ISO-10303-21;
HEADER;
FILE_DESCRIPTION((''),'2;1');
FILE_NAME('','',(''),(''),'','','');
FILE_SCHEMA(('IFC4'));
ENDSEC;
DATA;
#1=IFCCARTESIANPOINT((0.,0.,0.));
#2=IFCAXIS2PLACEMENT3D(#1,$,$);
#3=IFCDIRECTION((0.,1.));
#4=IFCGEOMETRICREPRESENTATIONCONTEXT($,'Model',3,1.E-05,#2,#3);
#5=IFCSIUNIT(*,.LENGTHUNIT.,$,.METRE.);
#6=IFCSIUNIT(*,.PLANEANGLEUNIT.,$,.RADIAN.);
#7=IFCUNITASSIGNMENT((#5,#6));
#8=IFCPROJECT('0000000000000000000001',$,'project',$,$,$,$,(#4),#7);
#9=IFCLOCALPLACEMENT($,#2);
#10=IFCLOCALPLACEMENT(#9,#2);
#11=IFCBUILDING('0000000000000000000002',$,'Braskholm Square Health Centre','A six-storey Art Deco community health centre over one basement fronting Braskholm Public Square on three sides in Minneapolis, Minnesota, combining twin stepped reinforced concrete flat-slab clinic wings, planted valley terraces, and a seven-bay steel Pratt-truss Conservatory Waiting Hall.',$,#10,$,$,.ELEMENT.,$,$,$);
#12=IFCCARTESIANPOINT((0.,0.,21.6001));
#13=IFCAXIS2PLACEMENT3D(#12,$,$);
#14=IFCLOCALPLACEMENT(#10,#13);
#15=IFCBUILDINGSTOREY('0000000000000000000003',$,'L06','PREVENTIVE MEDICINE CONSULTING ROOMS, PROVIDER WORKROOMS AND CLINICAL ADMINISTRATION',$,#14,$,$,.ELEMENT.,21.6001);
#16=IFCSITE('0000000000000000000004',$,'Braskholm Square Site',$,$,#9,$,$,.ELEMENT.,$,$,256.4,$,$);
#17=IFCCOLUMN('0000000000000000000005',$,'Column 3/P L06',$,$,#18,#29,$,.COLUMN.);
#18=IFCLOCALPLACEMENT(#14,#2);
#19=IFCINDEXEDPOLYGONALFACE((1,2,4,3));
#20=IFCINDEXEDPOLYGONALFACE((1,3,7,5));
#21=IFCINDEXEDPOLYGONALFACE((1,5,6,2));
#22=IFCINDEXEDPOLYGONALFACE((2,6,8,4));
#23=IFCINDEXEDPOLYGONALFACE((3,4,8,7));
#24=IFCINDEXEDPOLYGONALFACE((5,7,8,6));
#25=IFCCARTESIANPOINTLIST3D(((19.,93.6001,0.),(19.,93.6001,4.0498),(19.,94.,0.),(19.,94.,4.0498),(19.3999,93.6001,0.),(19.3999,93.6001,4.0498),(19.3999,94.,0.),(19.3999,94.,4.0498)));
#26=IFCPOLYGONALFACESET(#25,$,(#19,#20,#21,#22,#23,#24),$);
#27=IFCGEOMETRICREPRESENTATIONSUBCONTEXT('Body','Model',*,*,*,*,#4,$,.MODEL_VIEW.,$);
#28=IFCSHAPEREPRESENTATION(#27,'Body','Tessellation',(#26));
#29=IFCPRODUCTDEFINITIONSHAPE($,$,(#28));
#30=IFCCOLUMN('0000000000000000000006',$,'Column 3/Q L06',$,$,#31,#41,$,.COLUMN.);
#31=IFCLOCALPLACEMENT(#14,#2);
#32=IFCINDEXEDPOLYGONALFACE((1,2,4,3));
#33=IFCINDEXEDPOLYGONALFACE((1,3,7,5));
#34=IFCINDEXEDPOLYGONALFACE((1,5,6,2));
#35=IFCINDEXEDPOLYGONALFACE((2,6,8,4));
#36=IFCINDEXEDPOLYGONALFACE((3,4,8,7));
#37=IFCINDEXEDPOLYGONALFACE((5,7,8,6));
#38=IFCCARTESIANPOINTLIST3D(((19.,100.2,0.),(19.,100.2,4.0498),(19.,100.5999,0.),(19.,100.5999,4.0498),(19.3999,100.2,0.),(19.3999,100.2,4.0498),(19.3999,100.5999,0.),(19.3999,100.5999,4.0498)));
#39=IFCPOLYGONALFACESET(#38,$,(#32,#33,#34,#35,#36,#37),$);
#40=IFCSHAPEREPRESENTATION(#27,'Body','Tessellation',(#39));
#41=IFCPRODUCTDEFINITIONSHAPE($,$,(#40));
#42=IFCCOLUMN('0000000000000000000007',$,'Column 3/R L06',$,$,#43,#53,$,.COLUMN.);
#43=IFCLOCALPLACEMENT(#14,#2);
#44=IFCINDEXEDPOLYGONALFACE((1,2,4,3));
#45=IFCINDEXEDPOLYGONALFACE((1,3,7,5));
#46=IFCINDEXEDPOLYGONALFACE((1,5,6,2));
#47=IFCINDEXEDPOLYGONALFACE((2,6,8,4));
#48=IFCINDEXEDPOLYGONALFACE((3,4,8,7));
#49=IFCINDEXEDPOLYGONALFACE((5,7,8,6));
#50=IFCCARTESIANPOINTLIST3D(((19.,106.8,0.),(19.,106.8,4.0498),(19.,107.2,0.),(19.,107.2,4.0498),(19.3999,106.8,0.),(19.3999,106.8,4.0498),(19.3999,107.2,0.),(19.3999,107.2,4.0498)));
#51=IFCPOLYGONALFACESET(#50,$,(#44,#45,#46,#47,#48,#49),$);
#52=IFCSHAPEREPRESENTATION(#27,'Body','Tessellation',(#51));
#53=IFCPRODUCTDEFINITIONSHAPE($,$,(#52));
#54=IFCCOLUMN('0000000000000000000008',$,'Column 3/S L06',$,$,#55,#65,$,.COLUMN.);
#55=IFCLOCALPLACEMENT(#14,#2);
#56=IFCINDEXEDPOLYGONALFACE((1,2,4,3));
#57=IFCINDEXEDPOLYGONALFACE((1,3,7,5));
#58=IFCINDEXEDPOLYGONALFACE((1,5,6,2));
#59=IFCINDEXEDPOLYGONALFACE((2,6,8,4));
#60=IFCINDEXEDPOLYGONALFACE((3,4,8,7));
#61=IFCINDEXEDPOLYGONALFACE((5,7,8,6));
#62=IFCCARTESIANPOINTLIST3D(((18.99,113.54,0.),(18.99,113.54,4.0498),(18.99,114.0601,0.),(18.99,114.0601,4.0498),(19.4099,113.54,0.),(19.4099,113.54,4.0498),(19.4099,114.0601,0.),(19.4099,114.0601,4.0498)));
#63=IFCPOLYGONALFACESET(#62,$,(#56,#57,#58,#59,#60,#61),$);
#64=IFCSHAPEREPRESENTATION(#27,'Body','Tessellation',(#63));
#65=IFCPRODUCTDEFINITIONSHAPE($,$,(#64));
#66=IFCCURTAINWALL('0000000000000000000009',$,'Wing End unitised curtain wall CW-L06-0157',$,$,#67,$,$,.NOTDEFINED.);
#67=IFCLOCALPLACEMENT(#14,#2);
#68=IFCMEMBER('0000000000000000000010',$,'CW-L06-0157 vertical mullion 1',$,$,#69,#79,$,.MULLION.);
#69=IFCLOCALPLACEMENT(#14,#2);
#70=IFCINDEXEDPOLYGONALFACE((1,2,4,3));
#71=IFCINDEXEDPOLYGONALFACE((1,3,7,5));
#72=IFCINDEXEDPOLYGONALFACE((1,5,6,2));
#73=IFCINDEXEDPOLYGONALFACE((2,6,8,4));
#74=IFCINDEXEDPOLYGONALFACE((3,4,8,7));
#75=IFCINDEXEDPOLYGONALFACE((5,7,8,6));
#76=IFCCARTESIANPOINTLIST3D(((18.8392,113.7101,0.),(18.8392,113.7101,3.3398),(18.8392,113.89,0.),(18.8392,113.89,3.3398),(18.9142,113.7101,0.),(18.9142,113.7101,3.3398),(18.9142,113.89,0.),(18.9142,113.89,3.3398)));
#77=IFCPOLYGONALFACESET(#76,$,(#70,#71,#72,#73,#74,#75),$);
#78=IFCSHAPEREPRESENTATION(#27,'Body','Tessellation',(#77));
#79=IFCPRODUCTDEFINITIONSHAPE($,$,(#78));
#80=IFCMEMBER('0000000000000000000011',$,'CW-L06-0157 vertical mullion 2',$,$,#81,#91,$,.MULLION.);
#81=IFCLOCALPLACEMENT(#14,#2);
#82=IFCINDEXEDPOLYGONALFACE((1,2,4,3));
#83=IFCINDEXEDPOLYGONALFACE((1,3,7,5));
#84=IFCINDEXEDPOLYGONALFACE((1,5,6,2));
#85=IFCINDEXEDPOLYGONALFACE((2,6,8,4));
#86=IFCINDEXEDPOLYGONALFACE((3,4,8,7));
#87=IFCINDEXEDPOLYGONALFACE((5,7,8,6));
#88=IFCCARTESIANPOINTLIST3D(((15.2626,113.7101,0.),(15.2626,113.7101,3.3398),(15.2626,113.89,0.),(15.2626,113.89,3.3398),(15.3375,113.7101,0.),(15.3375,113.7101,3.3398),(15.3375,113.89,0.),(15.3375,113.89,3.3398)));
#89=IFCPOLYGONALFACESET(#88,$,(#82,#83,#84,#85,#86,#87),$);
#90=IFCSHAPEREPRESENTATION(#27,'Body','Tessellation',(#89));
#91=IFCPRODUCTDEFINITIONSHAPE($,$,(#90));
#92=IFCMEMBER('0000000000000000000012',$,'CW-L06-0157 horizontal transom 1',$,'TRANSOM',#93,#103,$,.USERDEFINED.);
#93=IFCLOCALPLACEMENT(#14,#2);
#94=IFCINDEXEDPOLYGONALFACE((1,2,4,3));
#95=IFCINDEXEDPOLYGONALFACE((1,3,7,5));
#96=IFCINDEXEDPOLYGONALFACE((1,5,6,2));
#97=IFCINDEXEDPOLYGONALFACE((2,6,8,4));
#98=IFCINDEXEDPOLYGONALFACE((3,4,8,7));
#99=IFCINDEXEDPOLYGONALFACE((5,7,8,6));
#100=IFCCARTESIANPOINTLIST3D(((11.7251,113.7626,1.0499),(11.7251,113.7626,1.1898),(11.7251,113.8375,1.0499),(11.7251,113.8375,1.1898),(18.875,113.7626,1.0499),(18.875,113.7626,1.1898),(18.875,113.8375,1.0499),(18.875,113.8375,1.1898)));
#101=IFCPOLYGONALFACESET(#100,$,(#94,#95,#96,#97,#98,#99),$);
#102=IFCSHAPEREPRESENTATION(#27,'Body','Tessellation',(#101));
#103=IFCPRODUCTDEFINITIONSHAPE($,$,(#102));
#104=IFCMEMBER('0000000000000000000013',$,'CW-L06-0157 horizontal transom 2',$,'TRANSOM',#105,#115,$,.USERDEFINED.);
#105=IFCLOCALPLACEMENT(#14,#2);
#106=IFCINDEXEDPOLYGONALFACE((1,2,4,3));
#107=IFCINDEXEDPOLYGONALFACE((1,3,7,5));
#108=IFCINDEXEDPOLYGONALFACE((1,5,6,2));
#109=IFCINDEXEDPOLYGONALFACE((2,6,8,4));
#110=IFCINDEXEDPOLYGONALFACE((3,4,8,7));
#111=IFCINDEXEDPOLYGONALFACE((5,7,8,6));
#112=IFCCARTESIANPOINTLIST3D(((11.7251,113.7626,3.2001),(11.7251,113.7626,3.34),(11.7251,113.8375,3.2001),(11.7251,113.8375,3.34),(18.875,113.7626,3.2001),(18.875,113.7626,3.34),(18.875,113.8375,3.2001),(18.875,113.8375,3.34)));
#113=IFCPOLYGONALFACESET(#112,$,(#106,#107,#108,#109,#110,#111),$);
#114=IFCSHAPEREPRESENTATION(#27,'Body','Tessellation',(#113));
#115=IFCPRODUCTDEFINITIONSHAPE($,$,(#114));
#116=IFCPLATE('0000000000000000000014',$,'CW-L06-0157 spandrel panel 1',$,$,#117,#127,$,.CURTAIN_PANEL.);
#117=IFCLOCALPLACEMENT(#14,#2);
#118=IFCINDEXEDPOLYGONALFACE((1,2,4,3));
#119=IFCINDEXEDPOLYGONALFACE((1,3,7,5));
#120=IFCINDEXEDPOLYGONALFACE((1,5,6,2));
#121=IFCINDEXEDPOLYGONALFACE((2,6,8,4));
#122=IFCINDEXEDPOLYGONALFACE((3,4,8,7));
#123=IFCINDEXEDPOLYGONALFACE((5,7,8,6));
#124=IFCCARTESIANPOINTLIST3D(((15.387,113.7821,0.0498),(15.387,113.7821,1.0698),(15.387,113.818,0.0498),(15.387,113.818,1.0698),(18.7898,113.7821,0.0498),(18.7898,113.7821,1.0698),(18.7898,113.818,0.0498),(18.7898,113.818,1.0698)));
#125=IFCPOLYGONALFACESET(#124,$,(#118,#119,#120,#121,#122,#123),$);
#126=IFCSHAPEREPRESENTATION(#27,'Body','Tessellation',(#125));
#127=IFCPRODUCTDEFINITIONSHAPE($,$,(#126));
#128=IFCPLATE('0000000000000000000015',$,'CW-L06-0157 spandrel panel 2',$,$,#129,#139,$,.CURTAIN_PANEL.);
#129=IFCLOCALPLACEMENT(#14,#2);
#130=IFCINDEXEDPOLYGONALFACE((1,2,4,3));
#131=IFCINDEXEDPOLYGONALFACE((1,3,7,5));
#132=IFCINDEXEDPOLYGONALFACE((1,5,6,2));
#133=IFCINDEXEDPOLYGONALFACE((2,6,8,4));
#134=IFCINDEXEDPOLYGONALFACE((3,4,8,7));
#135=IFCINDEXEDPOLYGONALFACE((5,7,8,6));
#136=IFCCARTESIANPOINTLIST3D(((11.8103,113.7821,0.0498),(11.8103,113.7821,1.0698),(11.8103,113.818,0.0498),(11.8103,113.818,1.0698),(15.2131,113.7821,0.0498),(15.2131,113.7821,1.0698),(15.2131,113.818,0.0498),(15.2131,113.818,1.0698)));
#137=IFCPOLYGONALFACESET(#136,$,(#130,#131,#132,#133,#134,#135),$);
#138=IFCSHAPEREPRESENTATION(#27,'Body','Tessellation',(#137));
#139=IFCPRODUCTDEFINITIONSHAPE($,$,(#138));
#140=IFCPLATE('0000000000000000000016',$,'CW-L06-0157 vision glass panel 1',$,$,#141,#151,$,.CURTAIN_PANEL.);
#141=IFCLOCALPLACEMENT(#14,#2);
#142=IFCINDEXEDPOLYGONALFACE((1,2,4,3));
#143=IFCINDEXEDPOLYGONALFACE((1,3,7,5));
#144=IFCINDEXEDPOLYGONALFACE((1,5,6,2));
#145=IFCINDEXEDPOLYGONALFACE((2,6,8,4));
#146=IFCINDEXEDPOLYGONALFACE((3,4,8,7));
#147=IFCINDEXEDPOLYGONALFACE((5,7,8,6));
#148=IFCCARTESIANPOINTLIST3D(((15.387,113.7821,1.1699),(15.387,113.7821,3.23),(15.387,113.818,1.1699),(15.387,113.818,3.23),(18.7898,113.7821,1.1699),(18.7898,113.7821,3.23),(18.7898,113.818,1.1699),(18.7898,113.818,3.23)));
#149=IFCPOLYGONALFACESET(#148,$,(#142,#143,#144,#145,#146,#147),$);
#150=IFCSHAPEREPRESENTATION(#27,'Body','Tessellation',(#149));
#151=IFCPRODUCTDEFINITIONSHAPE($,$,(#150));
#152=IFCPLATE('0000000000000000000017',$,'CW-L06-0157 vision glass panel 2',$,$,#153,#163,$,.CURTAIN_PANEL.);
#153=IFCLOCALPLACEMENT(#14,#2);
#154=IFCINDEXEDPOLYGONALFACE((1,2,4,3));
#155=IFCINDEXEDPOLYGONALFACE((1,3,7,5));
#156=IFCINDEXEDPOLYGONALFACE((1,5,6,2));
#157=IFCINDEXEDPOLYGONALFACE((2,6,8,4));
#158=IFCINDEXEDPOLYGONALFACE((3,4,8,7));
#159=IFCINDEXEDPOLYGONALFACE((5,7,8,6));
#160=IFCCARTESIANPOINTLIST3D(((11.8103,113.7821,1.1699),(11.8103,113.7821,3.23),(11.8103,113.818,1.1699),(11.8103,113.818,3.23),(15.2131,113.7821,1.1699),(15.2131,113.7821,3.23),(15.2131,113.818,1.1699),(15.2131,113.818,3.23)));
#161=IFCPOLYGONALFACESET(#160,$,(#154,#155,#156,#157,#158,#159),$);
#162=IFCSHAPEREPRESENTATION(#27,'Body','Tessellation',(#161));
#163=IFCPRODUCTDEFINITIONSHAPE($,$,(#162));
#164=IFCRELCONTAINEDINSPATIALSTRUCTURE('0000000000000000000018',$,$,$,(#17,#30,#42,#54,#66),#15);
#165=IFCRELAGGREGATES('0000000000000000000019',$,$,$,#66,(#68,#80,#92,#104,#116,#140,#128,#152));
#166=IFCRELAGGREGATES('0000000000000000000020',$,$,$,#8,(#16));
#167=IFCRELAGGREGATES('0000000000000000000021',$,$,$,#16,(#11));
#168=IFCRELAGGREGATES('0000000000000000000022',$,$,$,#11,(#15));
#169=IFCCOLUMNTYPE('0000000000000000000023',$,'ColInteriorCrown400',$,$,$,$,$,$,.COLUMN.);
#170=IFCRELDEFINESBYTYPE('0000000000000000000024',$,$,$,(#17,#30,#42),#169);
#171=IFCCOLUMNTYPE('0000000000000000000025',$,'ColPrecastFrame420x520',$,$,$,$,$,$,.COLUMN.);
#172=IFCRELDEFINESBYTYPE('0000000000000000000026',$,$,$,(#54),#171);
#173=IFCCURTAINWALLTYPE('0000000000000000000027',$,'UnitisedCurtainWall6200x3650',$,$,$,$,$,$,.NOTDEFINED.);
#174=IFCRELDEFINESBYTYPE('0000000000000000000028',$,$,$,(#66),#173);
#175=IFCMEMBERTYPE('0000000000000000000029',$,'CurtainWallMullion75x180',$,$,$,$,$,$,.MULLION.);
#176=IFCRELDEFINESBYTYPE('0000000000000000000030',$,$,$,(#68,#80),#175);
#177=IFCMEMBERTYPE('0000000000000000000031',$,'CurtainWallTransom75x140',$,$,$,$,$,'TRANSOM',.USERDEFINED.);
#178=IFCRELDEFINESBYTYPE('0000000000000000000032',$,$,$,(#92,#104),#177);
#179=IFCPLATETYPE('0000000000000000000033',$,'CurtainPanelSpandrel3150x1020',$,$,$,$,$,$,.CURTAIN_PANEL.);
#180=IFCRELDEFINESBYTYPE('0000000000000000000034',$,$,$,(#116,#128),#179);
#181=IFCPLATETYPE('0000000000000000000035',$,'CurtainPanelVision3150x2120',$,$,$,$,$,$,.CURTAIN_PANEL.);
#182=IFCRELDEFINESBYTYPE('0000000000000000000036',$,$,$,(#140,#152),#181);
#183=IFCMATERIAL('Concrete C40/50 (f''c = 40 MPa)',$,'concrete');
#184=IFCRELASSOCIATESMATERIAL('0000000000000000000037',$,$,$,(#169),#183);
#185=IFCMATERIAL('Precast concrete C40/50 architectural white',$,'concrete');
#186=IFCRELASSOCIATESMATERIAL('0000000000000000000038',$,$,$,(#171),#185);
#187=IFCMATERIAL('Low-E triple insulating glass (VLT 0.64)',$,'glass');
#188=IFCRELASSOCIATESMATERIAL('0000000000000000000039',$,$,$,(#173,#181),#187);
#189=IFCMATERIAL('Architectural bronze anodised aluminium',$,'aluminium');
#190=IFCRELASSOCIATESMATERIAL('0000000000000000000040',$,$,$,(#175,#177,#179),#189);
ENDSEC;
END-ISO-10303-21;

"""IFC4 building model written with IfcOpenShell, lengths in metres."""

from ifc_helpers import new_model, si_unit, direction, frame, origin, origin_2d, place, context, subcontext, project, spatial, rectangle, extrude, material, material_profile, profile_set, type_object, element, aggregate, save


model = new_model("IFC4")

# Units and contexts
model_context = context("Model", 3, precision=1e-05, world=origin(), true_north=direction((0.0, 1.0)))
body_context = subcontext(model_context, "Body", "Model", "MODEL_VIEW")
ifc_project = project(units=[si_unit("LENGTHUNIT", "METRE"), si_unit("PLANEANGLEUNIT", "RADIAN")], contexts=[model_context])

# Site, building, storey
site_placement = place(None, origin())
site = spatial("IfcSite", under=ifc_project, at=site_placement, Name="Braskholm Square Site", CompositionType="ELEMENT", RefElevation=256.4)
building_placement = place(site_placement, origin())
building = spatial("IfcBuilding", under=site, at=building_placement, Name="Braskholm Square Health Centre", Description="A six-storey Art Deco community health centre over one basement fronting Braskholm Public Square on three sides in Minneapolis, Minnesota, combining twin stepped reinforced concrete flat-slab clinic wings, planted valley terraces, and a seven-bay steel Pratt-truss Conservatory Waiting Hall.", CompositionType="ELEMENT")
storey_placement = place(building_placement, frame((0.0, 0.0, 21.6001)))
storey = spatial("IfcBuildingStorey", under=building, at=storey_placement, Name="L06", Description="PREVENTIVE MEDICINE CONSULTING ROOMS, PROVIDER WORKROOMS AND CLINICAL ADMINISTRATION", CompositionType="ELEMENT", Elevation=21.6001)

# Columns
ifc_material_1 = material(Name="Concrete C40/50 (f'c = 40 MPa)", Category="concrete")
ifc_material_profile_1 = material_profile(ifc_material_1, rectangle(XDim=0.3999, YDim=0.3999, at=origin_2d()), Name="RC-400X400")
ifc_profile_set_1 = profile_set([ifc_material_profile_1], Name="Concrete C40/50 (f'c = 40 MPa)")
column_type_1 = type_object("IfcColumnType", Name="ColInteriorCrown400", PredefinedType="COLUMN", material=ifc_profile_set_1)
for number, where, z_axis, x_axis, name in (
    (1, (19.2, 93.8, 0.0), (0.0, 0.0, 1.0), (1.0, 0.0, 0.0), "Column 3/P L06"),
    (2, (19.2, 100.3999, 0.0), (0.0, 0.0, 1.0), (1.0, 0.0, 0.0), "Column 3/Q L06"),
    (3, (19.2, 107.0, 0.0), (0.0, 0.0, 1.0), (1.0, 0.0, 0.0), "Column 3/R L06"),
):
    element("IfcColumn", number, at=place(storey_placement, frame(where, z_axis=z_axis, x_axis=x_axis)), inside=storey, type_object=column_type_1, Name=name, PredefinedType="COLUMN", context=body_context, shape_type="SweptSolid", body=[
        extrude(rectangle(XDim=0.3999, YDim=0.3999, at=origin_2d()), origin(), (0.0, 0.0, 1.0), 4.0498),
    ])
ifc_material_2 = material(Name="Precast concrete C40/50 architectural white", Category="concrete")
ifc_material_profile_2 = material_profile(ifc_material_2, rectangle(XDim=0.4199, YDim=0.52, at=origin_2d()), Name="RC-420X520")
ifc_profile_set_2 = profile_set([ifc_material_profile_2], Name="Precast concrete C40/50 architectural white")
column_type_2 = type_object("IfcColumnType", Name="ColPrecastFrame420x520", PredefinedType="COLUMN", material=ifc_profile_set_2)
column_placement = place(storey_placement, frame((19.2, 113.8, 0.0), z_axis=(0.0, 0.0, 1.0), x_axis=(1.0, 0.0, 0.0)))
element("IfcColumn", 4, at=column_placement, inside=storey, type_object=column_type_2, Name="Column 3/S L06", PredefinedType="COLUMN", context=body_context, shape_type="SweptSolid", body=[
    extrude(rectangle(XDim=0.4199, YDim=0.52, at=origin_2d()), origin(), (0.0, 0.0, 1.0), 4.0498),
])

# Curtain wall, members, plates
ifc_material_3 = material(Name="Low-E triple insulating glass (VLT 0.64)", Category="glass")
curtain_wall_type = type_object("IfcCurtainWallType", Name="UnitisedCurtainWall6200x3650", PredefinedType="NOTDEFINED", material=ifc_material_3)
curtain_wall_placement = place(storey_placement, origin())
curtain_wall = element("IfcCurtainWall", 5, at=curtain_wall_placement, inside=storey, type_object=curtain_wall_type, Name="Wing End unitised curtain wall CW-L06-0157", PredefinedType="NOTDEFINED")
ifc_material_4 = material(Name="Architectural bronze anodised aluminium", Category="aluminium")
ifc_material_profile_3 = material_profile(ifc_material_4, rectangle(XDim=0.075, YDim=0.1799, at=origin_2d()), Name="ALU-75X180")
ifc_profile_set_3 = profile_set([ifc_material_profile_3], Name="Architectural bronze anodised aluminium")
member_type_1 = type_object("IfcMemberType", Name="CurtainWallMullion75x180", PredefinedType="MULLION", material=ifc_profile_set_3)
member_1_placement = place(storey_placement, frame((18.8767, 113.8, 0.0), z_axis=(0.0, 0.0, 1.0), x_axis=(1.0, 0.0, 0.0)))
member_1 = element("IfcMember", 6, at=member_1_placement, type_object=member_type_1, Name="CW-L06-0157 vertical mullion 1", PredefinedType="MULLION", context=body_context, shape_type="SweptSolid", body=[
    extrude(rectangle(XDim=0.075, YDim=0.1799, at=origin_2d()), origin(), (0.0, 0.0, 1.0), 3.3398),
])
member_2_placement = place(storey_placement, frame((15.3, 113.8, 0.0), z_axis=(0.0, 0.0, 1.0), x_axis=(1.0, 0.0, 0.0)))
member_2 = element("IfcMember", 7, at=member_2_placement, type_object=member_type_1, Name="CW-L06-0157 vertical mullion 2", PredefinedType="MULLION", context=body_context, shape_type="SweptSolid", body=[
    extrude(rectangle(XDim=0.075, YDim=0.1799, at=origin_2d()), origin(), (0.0, 0.0, 1.0), 3.3398),
])
ifc_material_profile_4 = material_profile(ifc_material_4, rectangle(XDim=0.075, YDim=0.1399, at=origin_2d()), Name="ALU-75X140")
ifc_profile_set_4 = profile_set([ifc_material_profile_4], Name="Architectural bronze anodised aluminium")
member_type_2 = type_object("IfcMemberType", Name="CurtainWallTransom75x140", ElementType="TRANSOM", PredefinedType="USERDEFINED", material=ifc_profile_set_4)
member_3_placement = place(storey_placement, frame((18.875, 113.8, 1.1199), z_axis=(-1.0, 0.0, 0.0), x_axis=(0.0, -1.0, 0.0)))
member_3 = element("IfcMember", 8, at=member_3_placement, type_object=member_type_2, Name="CW-L06-0157 horizontal transom 1", ObjectType="TRANSOM", PredefinedType="USERDEFINED", context=body_context, shape_type="SweptSolid", body=[
    extrude(rectangle(XDim=0.075, YDim=0.1399, at=origin_2d()), origin(), (0.0, 0.0, 1.0), 7.1499),
])
member_4_placement = place(storey_placement, frame((18.875, 113.8, 3.27), z_axis=(-1.0, 0.0, 0.0), x_axis=(0.0, -1.0, 0.0)))
member_4 = element("IfcMember", 9, at=member_4_placement, type_object=member_type_2, Name="CW-L06-0157 horizontal transom 2", ObjectType="TRANSOM", PredefinedType="USERDEFINED", context=body_context, shape_type="SweptSolid", body=[
    extrude(rectangle(XDim=0.075, YDim=0.1399, at=origin_2d()), origin(), (0.0, 0.0, 1.0), 7.1499),
])
plate_type_1 = type_object("IfcPlateType", Name="CurtainPanelSpandrel3150x1020", PredefinedType="CURTAIN_PANEL", material=ifc_material_4)
plate_1_placement = place(storey_placement, frame((17.0884, 113.8, 0.0498), z_axis=(0.0, 0.0, 1.0), x_axis=(-1.0, 0.0, 0.0)))
plate_1 = element("IfcPlate", 10, at=plate_1_placement, type_object=plate_type_1, Name="CW-L06-0157 spandrel panel 1", PredefinedType="CURTAIN_PANEL", context=body_context, shape_type="SweptSolid", body=[
    extrude(rectangle(XDim=3.4028, YDim=0.0359, at=origin_2d()), origin(), (0.0, 0.0, 1.0), 1.02),
])
plate_2_placement = place(storey_placement, frame((13.5117, 113.8, 0.0498), z_axis=(0.0, 0.0, 1.0), x_axis=(-1.0, 0.0, 0.0)))
plate_2 = element("IfcPlate", 11, at=plate_2_placement, type_object=plate_type_1, Name="CW-L06-0157 spandrel panel 2", PredefinedType="CURTAIN_PANEL", context=body_context, shape_type="SweptSolid", body=[
    extrude(rectangle(XDim=3.4028, YDim=0.0359, at=origin_2d()), origin(), (0.0, 0.0, 1.0), 1.02),
])
plate_type_2 = type_object("IfcPlateType", Name="CurtainPanelVision3150x2120", PredefinedType="CURTAIN_PANEL", material=ifc_material_3)
plate_3_placement = place(storey_placement, frame((17.0884, 113.8, 1.1699), z_axis=(0.0, 0.0, 1.0), x_axis=(-1.0, 0.0, 0.0)))
plate_3 = element("IfcPlate", 12, at=plate_3_placement, type_object=plate_type_2, Name="CW-L06-0157 vision glass panel 1", PredefinedType="CURTAIN_PANEL", context=body_context, shape_type="SweptSolid", body=[
    extrude(rectangle(XDim=3.4028, YDim=0.0359, at=origin_2d()), origin(), (0.0, 0.0, 1.0), 2.0601),
])
plate_4_placement = place(storey_placement, frame((13.5117, 113.8, 1.1699), z_axis=(0.0, 0.0, 1.0), x_axis=(-1.0, 0.0, 0.0)))
plate_4 = element("IfcPlate", 13, at=plate_4_placement, type_object=plate_type_2, Name="CW-L06-0157 vision glass panel 2", PredefinedType="CURTAIN_PANEL", context=body_context, shape_type="SweptSolid", body=[
    extrude(rectangle(XDim=3.4028, YDim=0.0359, at=origin_2d()), origin(), (0.0, 0.0, 1.0), 2.0601),
])
aggregate(curtain_wall, [member_1, member_2, member_3, member_4, plate_1, plate_3, plate_2, plate_4])

save(model, "model.ifc")
